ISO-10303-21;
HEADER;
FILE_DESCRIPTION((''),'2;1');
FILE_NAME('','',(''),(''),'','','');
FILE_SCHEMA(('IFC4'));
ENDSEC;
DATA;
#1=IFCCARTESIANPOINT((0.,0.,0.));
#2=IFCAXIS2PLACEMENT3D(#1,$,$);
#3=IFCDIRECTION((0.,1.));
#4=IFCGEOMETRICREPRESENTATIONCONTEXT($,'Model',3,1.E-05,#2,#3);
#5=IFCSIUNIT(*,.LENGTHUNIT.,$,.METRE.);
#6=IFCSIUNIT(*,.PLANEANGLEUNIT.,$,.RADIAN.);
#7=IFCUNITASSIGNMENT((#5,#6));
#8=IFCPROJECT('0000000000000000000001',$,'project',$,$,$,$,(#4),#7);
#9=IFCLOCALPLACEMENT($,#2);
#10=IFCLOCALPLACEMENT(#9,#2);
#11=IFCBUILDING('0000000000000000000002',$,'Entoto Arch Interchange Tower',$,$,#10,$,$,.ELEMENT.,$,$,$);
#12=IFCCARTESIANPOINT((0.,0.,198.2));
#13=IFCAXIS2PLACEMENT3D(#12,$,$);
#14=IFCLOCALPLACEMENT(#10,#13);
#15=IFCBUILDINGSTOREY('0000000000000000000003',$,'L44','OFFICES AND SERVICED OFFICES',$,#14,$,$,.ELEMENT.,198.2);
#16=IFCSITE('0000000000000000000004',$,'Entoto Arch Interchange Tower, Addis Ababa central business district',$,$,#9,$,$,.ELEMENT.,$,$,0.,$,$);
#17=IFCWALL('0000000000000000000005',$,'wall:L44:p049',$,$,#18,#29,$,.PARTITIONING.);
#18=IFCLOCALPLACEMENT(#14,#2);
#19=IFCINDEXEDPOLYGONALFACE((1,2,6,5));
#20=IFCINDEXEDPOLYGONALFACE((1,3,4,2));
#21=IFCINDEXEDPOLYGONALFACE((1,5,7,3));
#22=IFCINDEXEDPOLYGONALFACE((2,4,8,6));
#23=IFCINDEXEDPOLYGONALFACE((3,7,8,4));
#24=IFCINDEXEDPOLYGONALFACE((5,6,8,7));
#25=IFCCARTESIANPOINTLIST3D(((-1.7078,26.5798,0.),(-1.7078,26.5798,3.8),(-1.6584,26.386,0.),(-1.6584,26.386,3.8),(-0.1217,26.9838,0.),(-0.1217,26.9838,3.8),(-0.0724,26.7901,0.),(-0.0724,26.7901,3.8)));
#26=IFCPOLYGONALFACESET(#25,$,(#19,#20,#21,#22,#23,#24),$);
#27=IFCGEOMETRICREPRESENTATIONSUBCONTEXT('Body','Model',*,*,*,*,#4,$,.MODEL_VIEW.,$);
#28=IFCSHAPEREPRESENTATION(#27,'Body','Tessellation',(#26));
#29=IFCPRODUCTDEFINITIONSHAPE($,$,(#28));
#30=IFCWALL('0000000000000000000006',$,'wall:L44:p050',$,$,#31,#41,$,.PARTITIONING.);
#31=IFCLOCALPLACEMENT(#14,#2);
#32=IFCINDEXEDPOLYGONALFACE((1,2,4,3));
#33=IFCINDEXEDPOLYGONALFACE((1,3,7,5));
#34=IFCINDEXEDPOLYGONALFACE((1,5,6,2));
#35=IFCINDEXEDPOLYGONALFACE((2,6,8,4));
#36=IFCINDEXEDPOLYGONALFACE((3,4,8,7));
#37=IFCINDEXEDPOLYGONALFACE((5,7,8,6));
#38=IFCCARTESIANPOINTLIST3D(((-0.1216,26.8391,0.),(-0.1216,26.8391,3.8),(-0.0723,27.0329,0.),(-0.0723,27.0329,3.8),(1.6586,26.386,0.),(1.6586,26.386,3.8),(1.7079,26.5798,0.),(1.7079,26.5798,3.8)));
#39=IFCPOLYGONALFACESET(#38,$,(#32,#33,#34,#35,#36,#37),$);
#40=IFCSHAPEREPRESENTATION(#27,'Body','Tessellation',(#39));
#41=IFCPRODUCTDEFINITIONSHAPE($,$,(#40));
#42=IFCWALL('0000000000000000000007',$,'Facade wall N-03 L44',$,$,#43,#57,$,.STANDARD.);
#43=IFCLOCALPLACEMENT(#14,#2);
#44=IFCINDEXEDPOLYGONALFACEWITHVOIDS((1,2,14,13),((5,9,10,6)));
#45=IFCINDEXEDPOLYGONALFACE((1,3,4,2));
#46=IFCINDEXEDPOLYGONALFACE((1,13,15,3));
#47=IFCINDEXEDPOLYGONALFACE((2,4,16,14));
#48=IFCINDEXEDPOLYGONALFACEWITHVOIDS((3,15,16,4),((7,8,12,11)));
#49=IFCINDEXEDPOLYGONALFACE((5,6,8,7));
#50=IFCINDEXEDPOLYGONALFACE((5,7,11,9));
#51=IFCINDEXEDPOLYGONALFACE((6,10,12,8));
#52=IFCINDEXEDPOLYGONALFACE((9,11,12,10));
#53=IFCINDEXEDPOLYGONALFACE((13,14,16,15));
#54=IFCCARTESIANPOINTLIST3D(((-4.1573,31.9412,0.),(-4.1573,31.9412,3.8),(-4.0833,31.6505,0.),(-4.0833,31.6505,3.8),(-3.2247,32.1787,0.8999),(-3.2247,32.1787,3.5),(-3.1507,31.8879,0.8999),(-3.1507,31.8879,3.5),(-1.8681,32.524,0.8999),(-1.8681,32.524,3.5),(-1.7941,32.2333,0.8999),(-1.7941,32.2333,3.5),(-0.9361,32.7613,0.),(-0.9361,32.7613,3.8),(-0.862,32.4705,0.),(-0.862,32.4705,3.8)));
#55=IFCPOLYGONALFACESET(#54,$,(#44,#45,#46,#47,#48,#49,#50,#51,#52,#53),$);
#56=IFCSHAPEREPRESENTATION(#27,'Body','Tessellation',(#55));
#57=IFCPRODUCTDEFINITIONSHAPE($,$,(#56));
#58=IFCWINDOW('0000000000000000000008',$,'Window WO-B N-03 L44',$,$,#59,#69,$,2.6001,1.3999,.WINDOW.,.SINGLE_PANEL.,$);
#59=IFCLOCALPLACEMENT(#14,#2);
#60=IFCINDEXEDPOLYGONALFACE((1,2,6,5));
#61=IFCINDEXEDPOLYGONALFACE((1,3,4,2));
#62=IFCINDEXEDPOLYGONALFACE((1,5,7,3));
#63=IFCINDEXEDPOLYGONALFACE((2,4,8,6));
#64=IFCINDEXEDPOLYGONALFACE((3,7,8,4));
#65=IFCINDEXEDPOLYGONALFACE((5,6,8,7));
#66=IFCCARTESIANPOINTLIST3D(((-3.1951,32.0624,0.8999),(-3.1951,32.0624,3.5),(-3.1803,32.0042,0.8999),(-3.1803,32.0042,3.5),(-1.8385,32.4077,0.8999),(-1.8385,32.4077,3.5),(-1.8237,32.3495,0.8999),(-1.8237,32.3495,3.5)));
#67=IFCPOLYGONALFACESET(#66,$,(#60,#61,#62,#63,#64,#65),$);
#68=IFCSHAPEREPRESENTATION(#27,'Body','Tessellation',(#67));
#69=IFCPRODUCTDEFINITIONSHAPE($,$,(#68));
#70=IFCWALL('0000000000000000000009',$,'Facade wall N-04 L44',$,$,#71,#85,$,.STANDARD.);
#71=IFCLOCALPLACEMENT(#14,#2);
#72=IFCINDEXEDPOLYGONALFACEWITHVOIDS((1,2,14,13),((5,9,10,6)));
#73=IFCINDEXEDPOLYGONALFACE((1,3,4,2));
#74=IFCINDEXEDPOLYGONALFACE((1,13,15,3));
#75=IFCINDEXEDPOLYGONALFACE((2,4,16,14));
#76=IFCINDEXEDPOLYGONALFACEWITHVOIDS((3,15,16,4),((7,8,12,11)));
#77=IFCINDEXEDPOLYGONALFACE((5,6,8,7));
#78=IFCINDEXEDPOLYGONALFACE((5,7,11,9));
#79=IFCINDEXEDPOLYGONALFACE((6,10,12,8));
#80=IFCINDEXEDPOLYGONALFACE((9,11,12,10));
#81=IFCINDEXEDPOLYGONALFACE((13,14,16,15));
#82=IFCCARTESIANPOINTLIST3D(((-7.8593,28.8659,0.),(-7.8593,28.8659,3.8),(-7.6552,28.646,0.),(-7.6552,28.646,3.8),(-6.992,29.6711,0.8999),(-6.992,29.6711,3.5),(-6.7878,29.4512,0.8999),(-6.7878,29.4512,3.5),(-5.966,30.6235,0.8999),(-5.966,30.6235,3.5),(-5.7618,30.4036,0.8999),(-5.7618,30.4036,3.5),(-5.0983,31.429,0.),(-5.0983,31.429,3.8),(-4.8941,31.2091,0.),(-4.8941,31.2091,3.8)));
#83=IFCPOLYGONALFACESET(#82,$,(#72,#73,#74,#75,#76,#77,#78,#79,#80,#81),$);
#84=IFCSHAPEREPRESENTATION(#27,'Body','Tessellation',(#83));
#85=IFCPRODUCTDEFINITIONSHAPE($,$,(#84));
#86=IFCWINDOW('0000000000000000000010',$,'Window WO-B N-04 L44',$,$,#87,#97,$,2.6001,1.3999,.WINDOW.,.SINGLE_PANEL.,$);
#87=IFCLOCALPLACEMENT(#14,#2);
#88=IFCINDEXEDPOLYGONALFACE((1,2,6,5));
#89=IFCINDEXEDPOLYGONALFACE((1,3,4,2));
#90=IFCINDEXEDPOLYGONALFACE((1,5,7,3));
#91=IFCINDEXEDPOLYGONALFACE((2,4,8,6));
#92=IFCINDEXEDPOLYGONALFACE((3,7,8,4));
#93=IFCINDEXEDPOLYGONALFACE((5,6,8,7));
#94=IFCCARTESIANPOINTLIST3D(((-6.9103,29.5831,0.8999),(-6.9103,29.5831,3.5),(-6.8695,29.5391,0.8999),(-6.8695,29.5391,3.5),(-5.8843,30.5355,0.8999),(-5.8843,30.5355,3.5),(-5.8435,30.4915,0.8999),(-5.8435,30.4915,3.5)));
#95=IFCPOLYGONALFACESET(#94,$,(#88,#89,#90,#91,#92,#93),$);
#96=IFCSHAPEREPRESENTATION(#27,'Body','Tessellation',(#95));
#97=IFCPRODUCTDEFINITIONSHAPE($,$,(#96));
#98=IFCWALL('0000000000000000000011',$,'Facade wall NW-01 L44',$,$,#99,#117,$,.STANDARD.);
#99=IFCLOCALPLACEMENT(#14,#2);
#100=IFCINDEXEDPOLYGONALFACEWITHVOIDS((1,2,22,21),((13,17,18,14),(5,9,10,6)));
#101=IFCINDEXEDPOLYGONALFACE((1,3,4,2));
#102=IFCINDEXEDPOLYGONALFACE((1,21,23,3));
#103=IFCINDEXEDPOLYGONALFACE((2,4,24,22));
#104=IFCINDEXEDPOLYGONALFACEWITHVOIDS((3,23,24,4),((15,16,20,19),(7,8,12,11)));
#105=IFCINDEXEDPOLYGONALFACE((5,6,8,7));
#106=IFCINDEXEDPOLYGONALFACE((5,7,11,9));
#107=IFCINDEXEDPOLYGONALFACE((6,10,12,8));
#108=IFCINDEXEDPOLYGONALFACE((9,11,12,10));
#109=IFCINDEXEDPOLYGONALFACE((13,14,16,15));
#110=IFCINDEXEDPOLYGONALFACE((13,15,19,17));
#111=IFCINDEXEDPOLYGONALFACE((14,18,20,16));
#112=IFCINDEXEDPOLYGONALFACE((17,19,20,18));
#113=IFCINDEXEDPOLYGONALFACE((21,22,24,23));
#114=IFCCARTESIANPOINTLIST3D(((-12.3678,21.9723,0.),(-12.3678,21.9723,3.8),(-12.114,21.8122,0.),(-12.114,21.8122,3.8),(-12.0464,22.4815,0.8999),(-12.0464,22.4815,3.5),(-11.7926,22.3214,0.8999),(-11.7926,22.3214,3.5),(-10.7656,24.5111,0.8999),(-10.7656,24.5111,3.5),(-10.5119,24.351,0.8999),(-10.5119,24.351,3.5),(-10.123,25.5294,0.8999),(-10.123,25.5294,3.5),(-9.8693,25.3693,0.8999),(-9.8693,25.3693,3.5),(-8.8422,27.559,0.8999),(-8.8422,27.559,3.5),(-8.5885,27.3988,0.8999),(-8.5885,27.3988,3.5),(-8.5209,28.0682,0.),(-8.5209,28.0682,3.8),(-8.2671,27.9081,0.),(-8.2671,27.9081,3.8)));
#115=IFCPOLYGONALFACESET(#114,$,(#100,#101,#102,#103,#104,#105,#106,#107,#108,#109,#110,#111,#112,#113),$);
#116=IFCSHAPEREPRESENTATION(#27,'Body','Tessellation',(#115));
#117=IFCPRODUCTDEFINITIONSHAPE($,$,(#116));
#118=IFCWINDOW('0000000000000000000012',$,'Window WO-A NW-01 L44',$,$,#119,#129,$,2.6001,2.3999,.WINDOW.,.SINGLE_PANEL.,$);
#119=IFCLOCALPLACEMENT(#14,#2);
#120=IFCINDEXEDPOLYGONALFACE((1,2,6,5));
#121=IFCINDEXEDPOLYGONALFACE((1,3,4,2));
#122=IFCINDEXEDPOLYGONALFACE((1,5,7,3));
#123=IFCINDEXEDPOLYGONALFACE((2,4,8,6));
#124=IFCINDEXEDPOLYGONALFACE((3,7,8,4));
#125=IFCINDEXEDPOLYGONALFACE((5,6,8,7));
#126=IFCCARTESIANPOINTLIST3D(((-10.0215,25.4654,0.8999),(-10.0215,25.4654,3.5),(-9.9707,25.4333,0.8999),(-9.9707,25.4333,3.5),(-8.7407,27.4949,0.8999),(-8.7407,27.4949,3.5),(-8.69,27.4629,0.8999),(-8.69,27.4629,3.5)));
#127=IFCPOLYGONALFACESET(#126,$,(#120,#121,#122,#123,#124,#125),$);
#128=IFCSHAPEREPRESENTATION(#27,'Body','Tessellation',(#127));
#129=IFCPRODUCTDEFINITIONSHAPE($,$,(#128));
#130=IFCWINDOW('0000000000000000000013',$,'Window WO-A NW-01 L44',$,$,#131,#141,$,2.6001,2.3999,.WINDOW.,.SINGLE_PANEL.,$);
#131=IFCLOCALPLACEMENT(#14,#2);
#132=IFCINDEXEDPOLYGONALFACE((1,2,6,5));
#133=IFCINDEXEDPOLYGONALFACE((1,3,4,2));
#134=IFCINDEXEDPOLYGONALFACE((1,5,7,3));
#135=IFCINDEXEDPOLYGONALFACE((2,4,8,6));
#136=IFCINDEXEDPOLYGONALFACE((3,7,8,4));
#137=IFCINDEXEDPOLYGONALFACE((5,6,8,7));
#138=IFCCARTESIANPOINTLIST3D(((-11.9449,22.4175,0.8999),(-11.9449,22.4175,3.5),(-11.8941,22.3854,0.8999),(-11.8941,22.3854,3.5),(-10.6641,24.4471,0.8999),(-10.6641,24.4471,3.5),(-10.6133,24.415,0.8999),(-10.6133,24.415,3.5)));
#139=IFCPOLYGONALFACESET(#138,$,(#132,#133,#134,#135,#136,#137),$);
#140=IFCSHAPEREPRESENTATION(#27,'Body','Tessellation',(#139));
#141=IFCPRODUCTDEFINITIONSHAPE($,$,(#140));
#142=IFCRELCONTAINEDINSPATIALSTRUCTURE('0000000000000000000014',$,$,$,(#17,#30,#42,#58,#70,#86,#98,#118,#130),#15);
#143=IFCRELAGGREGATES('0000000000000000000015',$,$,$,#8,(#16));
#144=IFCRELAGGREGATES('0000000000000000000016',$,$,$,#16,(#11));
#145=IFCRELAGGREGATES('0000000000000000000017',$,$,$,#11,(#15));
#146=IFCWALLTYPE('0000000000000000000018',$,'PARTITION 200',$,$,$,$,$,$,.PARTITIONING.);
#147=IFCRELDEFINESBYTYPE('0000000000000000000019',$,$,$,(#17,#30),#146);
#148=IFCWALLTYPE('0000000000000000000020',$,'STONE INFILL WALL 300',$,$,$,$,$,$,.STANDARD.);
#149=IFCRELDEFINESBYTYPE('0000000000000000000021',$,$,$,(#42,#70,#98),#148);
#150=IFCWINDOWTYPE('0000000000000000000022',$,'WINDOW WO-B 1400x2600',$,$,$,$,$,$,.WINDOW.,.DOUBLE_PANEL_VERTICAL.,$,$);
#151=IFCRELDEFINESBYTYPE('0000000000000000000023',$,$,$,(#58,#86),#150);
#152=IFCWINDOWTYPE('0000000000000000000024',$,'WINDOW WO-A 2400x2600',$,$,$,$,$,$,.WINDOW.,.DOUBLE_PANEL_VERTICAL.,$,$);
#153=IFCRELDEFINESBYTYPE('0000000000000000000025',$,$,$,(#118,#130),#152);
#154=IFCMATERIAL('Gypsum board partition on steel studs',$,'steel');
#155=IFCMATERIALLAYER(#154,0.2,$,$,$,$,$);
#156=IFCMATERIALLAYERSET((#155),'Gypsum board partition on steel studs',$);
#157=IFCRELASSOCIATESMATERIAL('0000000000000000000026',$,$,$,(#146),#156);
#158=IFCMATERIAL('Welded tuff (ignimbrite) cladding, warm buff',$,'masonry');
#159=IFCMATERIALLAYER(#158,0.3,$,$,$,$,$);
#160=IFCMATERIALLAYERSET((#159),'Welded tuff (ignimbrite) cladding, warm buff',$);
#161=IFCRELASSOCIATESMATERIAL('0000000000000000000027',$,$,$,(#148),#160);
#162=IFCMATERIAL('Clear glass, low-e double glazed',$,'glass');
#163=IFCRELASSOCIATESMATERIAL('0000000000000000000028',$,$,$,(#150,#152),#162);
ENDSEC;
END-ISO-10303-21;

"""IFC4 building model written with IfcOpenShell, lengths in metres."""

from ifc_helpers import new_model, si_unit, direction, frame, frame_2d, origin, place, context, subcontext, project, spatial, rectangle, extrude, material, layer, layer_set, type_object, element, fill, save


model = new_model("IFC4")

# Units and contexts
model_context = context("Model", 3, precision=1e-05, world=origin(), true_north=direction((0.0, 1.0)))
body_context = subcontext(model_context, "Body", "Model", "MODEL_VIEW")
ifc_project = project(units=[si_unit("LENGTHUNIT", "METRE"), si_unit("PLANEANGLEUNIT", "RADIAN")], contexts=[model_context])

# Site, building, storey
site_placement = place(None, origin())
site = spatial("IfcSite", under=ifc_project, at=site_placement, Name="Entoto Arch Interchange Tower, Addis Ababa central business district", CompositionType="ELEMENT", RefElevation=0.0)
building_placement = place(site_placement, origin())
building = spatial("IfcBuilding", under=site, at=building_placement, Name="Entoto Arch Interchange Tower", CompositionType="ELEMENT")
storey_placement = place(building_placement, frame((0.0, 0.0, 198.2)))
storey = spatial("IfcBuildingStorey", under=building, at=storey_placement, Name="L44", Description="OFFICES AND SERVICED OFFICES", CompositionType="ELEMENT", Elevation=198.2)

# Shared definitions
ifc_material_1 = material(Name="Gypsum board partition on steel studs", Category="steel")
ifc_layer_1 = layer(ifc_material_1, 0.2)
ifc_layer_set_1 = layer_set([ifc_layer_1], Name="Gypsum board partition on steel studs")
wall_type_1 = type_object("IfcWallType", Name="PARTITION 200", PredefinedType="PARTITIONING", material=ifc_layer_set_1)

# Walls
wall_1_placement = place(storey_placement, frame((-1.6831, 26.4829, 0.0), z_axis=(0.0, 0.0, 1.0), x_axis=(0.969054, 0.24685, 0.0)))
element("IfcWall", 1, at=wall_1_placement, inside=storey, type_object=wall_type_1, Name="wall:L44:p049", PredefinedType="PARTITIONING", context=body_context, shape_type="SweptSolid", body=[
    extrude(rectangle(XDim=1.6367, YDim=0.2, at=frame_2d((0.8184, 0.0))), origin(), (0.0, 0.0, 1.0), 3.8),
])
wall_2_placement = place(storey_placement, frame((-0.0969, 26.936, 0.0), z_axis=(0.0, 0.0, 1.0), x_axis=(0.969094, -0.246693, 0.0)))
element("IfcWall", 2, at=wall_2_placement, inside=storey, type_object=wall_type_1, Name="wall:L44:p050", PredefinedType="PARTITIONING", context=body_context, shape_type="SweptSolid", body=[
    extrude(rectangle(XDim=1.8369, YDim=0.2, at=frame_2d((0.9185, 0.0))), origin(), (0.0, 0.0, 1.0), 3.8),
])

# Walls, openings, windows
ifc_material_2 = material(Name="Welded tuff (ignimbrite) cladding, warm buff", Category="masonry")
ifc_layer_2 = layer(ifc_material_2, 0.3)
ifc_layer_set_2 = layer_set([ifc_layer_2], Name="Welded tuff (ignimbrite) cladding, warm buff")
wall_type_2 = type_object("IfcWallType", Name="STONE INFILL WALL 300", PredefinedType="STANDARD", material=ifc_layer_set_2)
wall_3_placement = place(storey_placement, frame((-0.8989, 32.616, 0.0), z_axis=(0.0, 0.0, 1.0), x_axis=(-0.969088, -0.246716, 0.0)))
wall_3 = element("IfcWall", 3, at=wall_3_placement, inside=storey, type_object=wall_type_2, Name="Facade wall N-03 L44", PredefinedType="STANDARD", context=body_context, shape_type="SweptSolid", body=[
    extrude(rectangle(XDim=3.324, YDim=0.3, at=frame_2d((1.6621, 0.0))), origin(), (0.0, 0.0, 1.0), 3.8),
])
opening_1_placement = place(wall_3_placement, frame((0.9619, 0.0, 0.8999)))
opening_1 = element("IfcOpeningElement", 4, at=opening_1_placement, cuts=wall_3, PredefinedType="OPENING", context=body_context, shape_type="SweptSolid", body=[
    extrude(rectangle(XDim=1.3999, YDim=2.6001, at=frame_2d((0.7, 1.3))), frame((0.0, 0.1602, 0.0), z_axis=(0.0, -1.0, 0.0), x_axis=(1.0, 0.0, 0.0)), (0.0, 0.0, 1.0), 0.3201),
])
ifc_material_3 = material(Name="Clear glass, low-e double glazed", Category="glass")
window_type_1 = type_object("IfcWindowType", Name="WINDOW WO-B 1400x2600", PartitioningType="DOUBLE_PANEL_VERTICAL", PredefinedType="WINDOW", material=ifc_material_3)
window_1_placement = place(opening_1_placement, origin())
window_1 = element("IfcWindow", 5, at=window_1_placement, inside=storey, type_object=window_type_1, Name="Window WO-B N-03 L44", OverallHeight=2.6001, OverallWidth=1.3999, PartitioningType="SINGLE_PANEL", PredefinedType="WINDOW", context=body_context, shape_type="SweptSolid", body=[
    extrude(rectangle(XDim=1.3999, YDim=2.6001, at=frame_2d((0.7, 1.3))), frame((0.0, 0.03, 0.0), z_axis=(0.0, -1.0, 0.0), x_axis=(1.0, 0.0, 0.0)), (0.0, 0.0, 1.0), 0.0601),
])
fill(opening_1, window_1)
wall_4_placement = place(storey_placement, frame((-4.9961, 31.3191, 0.0), z_axis=(0.0, 0.0, 1.0), x_axis=(-0.732897, -0.680339, 0.0)))
wall_4 = element("IfcWall", 6, at=wall_4_placement, inside=storey, type_object=wall_type_2, Name="Facade wall N-04 L44", PredefinedType="STANDARD", context=body_context, shape_type="SweptSolid", body=[
    extrude(rectangle(XDim=3.7673, YDim=0.3, at=frame_2d((1.8838, 0.0))), origin(), (0.0, 0.0, 1.0), 3.8),
])
opening_2_placement = place(wall_4_placement, frame((1.1841, 0.0, 0.8999)))
opening_2 = element("IfcOpeningElement", 7, at=opening_2_placement, cuts=wall_4, PredefinedType="OPENING", context=body_context, shape_type="SweptSolid", body=[
    extrude(rectangle(XDim=1.3999, YDim=2.6001, at=frame_2d((0.7, 1.3))), frame((0.0, 0.1602, 0.0), z_axis=(0.0, -1.0, 0.0), x_axis=(1.0, 0.0, 0.0)), (0.0, 0.0, 1.0), 0.3201),
])
window_2_placement = place(opening_2_placement, origin())
window_2 = element("IfcWindow", 8, at=window_2_placement, inside=storey, type_object=window_type_1, Name="Window WO-B N-04 L44", OverallHeight=2.6001, OverallWidth=1.3999, PartitioningType="SINGLE_PANEL", PredefinedType="WINDOW", context=body_context, shape_type="SweptSolid", body=[
    extrude(rectangle(XDim=1.3999, YDim=2.6001, at=frame_2d((0.7, 1.3))), frame((0.0, 0.03, 0.0), z_axis=(0.0, -1.0, 0.0), x_axis=(1.0, 0.0, 0.0)), (0.0, 0.0, 1.0), 0.0601),
])
fill(opening_2, window_2)

# Wall, openings, windows
wall_5_placement = place(storey_placement, frame((-8.394, 27.988, 0.0), z_axis=(0.0, 0.0, 1.0), x_axis=(-0.533681, -0.845686, 0.0)))
wall_5 = element("IfcWall", 9, at=wall_5_placement, inside=storey, type_object=wall_type_2, Name="Facade wall NW-01 L44", PredefinedType="STANDARD", context=body_context, shape_type="SweptSolid", body=[
    extrude(rectangle(XDim=7.2083, YDim=0.3, at=frame_2d((3.604, 0.0))), origin(), (0.0, 0.0, 1.0), 3.8),
])
opening_3_placement = place(wall_5_placement, frame((0.6021, 0.0, 0.8999)))
opening_3 = element("IfcOpeningElement", 10, at=opening_3_placement, cuts=wall_5, PredefinedType="OPENING", context=body_context, shape_type="SweptSolid", body=[
    extrude(rectangle(XDim=2.3999, YDim=2.6001, at=frame_2d((1.2, 1.3))), frame((0.0, 0.1602, 0.0), z_axis=(0.0, -1.0, 0.0), x_axis=(1.0, 0.0, 0.0)), (0.0, 0.0, 1.0), 0.3201),
])
opening_4_placement = place(wall_5_placement, frame((4.2061, 0.0, 0.8999)))
opening_4 = element("IfcOpeningElement", 11, at=opening_4_placement, cuts=wall_5, PredefinedType="OPENING", context=body_context, shape_type="SweptSolid", body=[
    extrude(rectangle(XDim=2.3999, YDim=2.6001, at=frame_2d((1.2, 1.3))), frame((0.0, 0.1602, 0.0), z_axis=(0.0, -1.0, 0.0), x_axis=(1.0, 0.0, 0.0)), (0.0, 0.0, 1.0), 0.3201),
])
window_type_2 = type_object("IfcWindowType", Name="WINDOW WO-A 2400x2600", PartitioningType="DOUBLE_PANEL_VERTICAL", PredefinedType="WINDOW", material=ifc_material_3)
window_3_placement = place(opening_3_placement, origin())
window_3 = element("IfcWindow", 12, at=window_3_placement, inside=storey, type_object=window_type_2, Name="Window WO-A NW-01 L44", OverallHeight=2.6001, OverallWidth=2.3999, PartitioningType="SINGLE_PANEL", PredefinedType="WINDOW", context=body_context, shape_type="SweptSolid", body=[
    extrude(rectangle(XDim=2.3999, YDim=2.6001, at=frame_2d((1.2, 1.3))), frame((0.0, 0.03, 0.0), z_axis=(0.0, -1.0, 0.0), x_axis=(1.0, 0.0, 0.0)), (0.0, 0.0, 1.0), 0.0601),
])
fill(opening_3, window_3)
window_4_placement = place(opening_4_placement, origin())
window_4 = element("IfcWindow", 13, at=window_4_placement, inside=storey, type_object=window_type_2, Name="Window WO-A NW-01 L44", OverallHeight=2.6001, OverallWidth=2.3999, PartitioningType="SINGLE_PANEL", PredefinedType="WINDOW", context=body_context, shape_type="SweptSolid", body=[
    extrude(rectangle(XDim=2.3999, YDim=2.6001, at=frame_2d((1.2, 1.3))), frame((0.0, 0.03, 0.0), z_axis=(0.0, -1.0, 0.0), x_axis=(1.0, 0.0, 0.0)), (0.0, 0.0, 1.0), 0.0601),
])
fill(opening_4, window_4)

save(model, "model.ifc")
